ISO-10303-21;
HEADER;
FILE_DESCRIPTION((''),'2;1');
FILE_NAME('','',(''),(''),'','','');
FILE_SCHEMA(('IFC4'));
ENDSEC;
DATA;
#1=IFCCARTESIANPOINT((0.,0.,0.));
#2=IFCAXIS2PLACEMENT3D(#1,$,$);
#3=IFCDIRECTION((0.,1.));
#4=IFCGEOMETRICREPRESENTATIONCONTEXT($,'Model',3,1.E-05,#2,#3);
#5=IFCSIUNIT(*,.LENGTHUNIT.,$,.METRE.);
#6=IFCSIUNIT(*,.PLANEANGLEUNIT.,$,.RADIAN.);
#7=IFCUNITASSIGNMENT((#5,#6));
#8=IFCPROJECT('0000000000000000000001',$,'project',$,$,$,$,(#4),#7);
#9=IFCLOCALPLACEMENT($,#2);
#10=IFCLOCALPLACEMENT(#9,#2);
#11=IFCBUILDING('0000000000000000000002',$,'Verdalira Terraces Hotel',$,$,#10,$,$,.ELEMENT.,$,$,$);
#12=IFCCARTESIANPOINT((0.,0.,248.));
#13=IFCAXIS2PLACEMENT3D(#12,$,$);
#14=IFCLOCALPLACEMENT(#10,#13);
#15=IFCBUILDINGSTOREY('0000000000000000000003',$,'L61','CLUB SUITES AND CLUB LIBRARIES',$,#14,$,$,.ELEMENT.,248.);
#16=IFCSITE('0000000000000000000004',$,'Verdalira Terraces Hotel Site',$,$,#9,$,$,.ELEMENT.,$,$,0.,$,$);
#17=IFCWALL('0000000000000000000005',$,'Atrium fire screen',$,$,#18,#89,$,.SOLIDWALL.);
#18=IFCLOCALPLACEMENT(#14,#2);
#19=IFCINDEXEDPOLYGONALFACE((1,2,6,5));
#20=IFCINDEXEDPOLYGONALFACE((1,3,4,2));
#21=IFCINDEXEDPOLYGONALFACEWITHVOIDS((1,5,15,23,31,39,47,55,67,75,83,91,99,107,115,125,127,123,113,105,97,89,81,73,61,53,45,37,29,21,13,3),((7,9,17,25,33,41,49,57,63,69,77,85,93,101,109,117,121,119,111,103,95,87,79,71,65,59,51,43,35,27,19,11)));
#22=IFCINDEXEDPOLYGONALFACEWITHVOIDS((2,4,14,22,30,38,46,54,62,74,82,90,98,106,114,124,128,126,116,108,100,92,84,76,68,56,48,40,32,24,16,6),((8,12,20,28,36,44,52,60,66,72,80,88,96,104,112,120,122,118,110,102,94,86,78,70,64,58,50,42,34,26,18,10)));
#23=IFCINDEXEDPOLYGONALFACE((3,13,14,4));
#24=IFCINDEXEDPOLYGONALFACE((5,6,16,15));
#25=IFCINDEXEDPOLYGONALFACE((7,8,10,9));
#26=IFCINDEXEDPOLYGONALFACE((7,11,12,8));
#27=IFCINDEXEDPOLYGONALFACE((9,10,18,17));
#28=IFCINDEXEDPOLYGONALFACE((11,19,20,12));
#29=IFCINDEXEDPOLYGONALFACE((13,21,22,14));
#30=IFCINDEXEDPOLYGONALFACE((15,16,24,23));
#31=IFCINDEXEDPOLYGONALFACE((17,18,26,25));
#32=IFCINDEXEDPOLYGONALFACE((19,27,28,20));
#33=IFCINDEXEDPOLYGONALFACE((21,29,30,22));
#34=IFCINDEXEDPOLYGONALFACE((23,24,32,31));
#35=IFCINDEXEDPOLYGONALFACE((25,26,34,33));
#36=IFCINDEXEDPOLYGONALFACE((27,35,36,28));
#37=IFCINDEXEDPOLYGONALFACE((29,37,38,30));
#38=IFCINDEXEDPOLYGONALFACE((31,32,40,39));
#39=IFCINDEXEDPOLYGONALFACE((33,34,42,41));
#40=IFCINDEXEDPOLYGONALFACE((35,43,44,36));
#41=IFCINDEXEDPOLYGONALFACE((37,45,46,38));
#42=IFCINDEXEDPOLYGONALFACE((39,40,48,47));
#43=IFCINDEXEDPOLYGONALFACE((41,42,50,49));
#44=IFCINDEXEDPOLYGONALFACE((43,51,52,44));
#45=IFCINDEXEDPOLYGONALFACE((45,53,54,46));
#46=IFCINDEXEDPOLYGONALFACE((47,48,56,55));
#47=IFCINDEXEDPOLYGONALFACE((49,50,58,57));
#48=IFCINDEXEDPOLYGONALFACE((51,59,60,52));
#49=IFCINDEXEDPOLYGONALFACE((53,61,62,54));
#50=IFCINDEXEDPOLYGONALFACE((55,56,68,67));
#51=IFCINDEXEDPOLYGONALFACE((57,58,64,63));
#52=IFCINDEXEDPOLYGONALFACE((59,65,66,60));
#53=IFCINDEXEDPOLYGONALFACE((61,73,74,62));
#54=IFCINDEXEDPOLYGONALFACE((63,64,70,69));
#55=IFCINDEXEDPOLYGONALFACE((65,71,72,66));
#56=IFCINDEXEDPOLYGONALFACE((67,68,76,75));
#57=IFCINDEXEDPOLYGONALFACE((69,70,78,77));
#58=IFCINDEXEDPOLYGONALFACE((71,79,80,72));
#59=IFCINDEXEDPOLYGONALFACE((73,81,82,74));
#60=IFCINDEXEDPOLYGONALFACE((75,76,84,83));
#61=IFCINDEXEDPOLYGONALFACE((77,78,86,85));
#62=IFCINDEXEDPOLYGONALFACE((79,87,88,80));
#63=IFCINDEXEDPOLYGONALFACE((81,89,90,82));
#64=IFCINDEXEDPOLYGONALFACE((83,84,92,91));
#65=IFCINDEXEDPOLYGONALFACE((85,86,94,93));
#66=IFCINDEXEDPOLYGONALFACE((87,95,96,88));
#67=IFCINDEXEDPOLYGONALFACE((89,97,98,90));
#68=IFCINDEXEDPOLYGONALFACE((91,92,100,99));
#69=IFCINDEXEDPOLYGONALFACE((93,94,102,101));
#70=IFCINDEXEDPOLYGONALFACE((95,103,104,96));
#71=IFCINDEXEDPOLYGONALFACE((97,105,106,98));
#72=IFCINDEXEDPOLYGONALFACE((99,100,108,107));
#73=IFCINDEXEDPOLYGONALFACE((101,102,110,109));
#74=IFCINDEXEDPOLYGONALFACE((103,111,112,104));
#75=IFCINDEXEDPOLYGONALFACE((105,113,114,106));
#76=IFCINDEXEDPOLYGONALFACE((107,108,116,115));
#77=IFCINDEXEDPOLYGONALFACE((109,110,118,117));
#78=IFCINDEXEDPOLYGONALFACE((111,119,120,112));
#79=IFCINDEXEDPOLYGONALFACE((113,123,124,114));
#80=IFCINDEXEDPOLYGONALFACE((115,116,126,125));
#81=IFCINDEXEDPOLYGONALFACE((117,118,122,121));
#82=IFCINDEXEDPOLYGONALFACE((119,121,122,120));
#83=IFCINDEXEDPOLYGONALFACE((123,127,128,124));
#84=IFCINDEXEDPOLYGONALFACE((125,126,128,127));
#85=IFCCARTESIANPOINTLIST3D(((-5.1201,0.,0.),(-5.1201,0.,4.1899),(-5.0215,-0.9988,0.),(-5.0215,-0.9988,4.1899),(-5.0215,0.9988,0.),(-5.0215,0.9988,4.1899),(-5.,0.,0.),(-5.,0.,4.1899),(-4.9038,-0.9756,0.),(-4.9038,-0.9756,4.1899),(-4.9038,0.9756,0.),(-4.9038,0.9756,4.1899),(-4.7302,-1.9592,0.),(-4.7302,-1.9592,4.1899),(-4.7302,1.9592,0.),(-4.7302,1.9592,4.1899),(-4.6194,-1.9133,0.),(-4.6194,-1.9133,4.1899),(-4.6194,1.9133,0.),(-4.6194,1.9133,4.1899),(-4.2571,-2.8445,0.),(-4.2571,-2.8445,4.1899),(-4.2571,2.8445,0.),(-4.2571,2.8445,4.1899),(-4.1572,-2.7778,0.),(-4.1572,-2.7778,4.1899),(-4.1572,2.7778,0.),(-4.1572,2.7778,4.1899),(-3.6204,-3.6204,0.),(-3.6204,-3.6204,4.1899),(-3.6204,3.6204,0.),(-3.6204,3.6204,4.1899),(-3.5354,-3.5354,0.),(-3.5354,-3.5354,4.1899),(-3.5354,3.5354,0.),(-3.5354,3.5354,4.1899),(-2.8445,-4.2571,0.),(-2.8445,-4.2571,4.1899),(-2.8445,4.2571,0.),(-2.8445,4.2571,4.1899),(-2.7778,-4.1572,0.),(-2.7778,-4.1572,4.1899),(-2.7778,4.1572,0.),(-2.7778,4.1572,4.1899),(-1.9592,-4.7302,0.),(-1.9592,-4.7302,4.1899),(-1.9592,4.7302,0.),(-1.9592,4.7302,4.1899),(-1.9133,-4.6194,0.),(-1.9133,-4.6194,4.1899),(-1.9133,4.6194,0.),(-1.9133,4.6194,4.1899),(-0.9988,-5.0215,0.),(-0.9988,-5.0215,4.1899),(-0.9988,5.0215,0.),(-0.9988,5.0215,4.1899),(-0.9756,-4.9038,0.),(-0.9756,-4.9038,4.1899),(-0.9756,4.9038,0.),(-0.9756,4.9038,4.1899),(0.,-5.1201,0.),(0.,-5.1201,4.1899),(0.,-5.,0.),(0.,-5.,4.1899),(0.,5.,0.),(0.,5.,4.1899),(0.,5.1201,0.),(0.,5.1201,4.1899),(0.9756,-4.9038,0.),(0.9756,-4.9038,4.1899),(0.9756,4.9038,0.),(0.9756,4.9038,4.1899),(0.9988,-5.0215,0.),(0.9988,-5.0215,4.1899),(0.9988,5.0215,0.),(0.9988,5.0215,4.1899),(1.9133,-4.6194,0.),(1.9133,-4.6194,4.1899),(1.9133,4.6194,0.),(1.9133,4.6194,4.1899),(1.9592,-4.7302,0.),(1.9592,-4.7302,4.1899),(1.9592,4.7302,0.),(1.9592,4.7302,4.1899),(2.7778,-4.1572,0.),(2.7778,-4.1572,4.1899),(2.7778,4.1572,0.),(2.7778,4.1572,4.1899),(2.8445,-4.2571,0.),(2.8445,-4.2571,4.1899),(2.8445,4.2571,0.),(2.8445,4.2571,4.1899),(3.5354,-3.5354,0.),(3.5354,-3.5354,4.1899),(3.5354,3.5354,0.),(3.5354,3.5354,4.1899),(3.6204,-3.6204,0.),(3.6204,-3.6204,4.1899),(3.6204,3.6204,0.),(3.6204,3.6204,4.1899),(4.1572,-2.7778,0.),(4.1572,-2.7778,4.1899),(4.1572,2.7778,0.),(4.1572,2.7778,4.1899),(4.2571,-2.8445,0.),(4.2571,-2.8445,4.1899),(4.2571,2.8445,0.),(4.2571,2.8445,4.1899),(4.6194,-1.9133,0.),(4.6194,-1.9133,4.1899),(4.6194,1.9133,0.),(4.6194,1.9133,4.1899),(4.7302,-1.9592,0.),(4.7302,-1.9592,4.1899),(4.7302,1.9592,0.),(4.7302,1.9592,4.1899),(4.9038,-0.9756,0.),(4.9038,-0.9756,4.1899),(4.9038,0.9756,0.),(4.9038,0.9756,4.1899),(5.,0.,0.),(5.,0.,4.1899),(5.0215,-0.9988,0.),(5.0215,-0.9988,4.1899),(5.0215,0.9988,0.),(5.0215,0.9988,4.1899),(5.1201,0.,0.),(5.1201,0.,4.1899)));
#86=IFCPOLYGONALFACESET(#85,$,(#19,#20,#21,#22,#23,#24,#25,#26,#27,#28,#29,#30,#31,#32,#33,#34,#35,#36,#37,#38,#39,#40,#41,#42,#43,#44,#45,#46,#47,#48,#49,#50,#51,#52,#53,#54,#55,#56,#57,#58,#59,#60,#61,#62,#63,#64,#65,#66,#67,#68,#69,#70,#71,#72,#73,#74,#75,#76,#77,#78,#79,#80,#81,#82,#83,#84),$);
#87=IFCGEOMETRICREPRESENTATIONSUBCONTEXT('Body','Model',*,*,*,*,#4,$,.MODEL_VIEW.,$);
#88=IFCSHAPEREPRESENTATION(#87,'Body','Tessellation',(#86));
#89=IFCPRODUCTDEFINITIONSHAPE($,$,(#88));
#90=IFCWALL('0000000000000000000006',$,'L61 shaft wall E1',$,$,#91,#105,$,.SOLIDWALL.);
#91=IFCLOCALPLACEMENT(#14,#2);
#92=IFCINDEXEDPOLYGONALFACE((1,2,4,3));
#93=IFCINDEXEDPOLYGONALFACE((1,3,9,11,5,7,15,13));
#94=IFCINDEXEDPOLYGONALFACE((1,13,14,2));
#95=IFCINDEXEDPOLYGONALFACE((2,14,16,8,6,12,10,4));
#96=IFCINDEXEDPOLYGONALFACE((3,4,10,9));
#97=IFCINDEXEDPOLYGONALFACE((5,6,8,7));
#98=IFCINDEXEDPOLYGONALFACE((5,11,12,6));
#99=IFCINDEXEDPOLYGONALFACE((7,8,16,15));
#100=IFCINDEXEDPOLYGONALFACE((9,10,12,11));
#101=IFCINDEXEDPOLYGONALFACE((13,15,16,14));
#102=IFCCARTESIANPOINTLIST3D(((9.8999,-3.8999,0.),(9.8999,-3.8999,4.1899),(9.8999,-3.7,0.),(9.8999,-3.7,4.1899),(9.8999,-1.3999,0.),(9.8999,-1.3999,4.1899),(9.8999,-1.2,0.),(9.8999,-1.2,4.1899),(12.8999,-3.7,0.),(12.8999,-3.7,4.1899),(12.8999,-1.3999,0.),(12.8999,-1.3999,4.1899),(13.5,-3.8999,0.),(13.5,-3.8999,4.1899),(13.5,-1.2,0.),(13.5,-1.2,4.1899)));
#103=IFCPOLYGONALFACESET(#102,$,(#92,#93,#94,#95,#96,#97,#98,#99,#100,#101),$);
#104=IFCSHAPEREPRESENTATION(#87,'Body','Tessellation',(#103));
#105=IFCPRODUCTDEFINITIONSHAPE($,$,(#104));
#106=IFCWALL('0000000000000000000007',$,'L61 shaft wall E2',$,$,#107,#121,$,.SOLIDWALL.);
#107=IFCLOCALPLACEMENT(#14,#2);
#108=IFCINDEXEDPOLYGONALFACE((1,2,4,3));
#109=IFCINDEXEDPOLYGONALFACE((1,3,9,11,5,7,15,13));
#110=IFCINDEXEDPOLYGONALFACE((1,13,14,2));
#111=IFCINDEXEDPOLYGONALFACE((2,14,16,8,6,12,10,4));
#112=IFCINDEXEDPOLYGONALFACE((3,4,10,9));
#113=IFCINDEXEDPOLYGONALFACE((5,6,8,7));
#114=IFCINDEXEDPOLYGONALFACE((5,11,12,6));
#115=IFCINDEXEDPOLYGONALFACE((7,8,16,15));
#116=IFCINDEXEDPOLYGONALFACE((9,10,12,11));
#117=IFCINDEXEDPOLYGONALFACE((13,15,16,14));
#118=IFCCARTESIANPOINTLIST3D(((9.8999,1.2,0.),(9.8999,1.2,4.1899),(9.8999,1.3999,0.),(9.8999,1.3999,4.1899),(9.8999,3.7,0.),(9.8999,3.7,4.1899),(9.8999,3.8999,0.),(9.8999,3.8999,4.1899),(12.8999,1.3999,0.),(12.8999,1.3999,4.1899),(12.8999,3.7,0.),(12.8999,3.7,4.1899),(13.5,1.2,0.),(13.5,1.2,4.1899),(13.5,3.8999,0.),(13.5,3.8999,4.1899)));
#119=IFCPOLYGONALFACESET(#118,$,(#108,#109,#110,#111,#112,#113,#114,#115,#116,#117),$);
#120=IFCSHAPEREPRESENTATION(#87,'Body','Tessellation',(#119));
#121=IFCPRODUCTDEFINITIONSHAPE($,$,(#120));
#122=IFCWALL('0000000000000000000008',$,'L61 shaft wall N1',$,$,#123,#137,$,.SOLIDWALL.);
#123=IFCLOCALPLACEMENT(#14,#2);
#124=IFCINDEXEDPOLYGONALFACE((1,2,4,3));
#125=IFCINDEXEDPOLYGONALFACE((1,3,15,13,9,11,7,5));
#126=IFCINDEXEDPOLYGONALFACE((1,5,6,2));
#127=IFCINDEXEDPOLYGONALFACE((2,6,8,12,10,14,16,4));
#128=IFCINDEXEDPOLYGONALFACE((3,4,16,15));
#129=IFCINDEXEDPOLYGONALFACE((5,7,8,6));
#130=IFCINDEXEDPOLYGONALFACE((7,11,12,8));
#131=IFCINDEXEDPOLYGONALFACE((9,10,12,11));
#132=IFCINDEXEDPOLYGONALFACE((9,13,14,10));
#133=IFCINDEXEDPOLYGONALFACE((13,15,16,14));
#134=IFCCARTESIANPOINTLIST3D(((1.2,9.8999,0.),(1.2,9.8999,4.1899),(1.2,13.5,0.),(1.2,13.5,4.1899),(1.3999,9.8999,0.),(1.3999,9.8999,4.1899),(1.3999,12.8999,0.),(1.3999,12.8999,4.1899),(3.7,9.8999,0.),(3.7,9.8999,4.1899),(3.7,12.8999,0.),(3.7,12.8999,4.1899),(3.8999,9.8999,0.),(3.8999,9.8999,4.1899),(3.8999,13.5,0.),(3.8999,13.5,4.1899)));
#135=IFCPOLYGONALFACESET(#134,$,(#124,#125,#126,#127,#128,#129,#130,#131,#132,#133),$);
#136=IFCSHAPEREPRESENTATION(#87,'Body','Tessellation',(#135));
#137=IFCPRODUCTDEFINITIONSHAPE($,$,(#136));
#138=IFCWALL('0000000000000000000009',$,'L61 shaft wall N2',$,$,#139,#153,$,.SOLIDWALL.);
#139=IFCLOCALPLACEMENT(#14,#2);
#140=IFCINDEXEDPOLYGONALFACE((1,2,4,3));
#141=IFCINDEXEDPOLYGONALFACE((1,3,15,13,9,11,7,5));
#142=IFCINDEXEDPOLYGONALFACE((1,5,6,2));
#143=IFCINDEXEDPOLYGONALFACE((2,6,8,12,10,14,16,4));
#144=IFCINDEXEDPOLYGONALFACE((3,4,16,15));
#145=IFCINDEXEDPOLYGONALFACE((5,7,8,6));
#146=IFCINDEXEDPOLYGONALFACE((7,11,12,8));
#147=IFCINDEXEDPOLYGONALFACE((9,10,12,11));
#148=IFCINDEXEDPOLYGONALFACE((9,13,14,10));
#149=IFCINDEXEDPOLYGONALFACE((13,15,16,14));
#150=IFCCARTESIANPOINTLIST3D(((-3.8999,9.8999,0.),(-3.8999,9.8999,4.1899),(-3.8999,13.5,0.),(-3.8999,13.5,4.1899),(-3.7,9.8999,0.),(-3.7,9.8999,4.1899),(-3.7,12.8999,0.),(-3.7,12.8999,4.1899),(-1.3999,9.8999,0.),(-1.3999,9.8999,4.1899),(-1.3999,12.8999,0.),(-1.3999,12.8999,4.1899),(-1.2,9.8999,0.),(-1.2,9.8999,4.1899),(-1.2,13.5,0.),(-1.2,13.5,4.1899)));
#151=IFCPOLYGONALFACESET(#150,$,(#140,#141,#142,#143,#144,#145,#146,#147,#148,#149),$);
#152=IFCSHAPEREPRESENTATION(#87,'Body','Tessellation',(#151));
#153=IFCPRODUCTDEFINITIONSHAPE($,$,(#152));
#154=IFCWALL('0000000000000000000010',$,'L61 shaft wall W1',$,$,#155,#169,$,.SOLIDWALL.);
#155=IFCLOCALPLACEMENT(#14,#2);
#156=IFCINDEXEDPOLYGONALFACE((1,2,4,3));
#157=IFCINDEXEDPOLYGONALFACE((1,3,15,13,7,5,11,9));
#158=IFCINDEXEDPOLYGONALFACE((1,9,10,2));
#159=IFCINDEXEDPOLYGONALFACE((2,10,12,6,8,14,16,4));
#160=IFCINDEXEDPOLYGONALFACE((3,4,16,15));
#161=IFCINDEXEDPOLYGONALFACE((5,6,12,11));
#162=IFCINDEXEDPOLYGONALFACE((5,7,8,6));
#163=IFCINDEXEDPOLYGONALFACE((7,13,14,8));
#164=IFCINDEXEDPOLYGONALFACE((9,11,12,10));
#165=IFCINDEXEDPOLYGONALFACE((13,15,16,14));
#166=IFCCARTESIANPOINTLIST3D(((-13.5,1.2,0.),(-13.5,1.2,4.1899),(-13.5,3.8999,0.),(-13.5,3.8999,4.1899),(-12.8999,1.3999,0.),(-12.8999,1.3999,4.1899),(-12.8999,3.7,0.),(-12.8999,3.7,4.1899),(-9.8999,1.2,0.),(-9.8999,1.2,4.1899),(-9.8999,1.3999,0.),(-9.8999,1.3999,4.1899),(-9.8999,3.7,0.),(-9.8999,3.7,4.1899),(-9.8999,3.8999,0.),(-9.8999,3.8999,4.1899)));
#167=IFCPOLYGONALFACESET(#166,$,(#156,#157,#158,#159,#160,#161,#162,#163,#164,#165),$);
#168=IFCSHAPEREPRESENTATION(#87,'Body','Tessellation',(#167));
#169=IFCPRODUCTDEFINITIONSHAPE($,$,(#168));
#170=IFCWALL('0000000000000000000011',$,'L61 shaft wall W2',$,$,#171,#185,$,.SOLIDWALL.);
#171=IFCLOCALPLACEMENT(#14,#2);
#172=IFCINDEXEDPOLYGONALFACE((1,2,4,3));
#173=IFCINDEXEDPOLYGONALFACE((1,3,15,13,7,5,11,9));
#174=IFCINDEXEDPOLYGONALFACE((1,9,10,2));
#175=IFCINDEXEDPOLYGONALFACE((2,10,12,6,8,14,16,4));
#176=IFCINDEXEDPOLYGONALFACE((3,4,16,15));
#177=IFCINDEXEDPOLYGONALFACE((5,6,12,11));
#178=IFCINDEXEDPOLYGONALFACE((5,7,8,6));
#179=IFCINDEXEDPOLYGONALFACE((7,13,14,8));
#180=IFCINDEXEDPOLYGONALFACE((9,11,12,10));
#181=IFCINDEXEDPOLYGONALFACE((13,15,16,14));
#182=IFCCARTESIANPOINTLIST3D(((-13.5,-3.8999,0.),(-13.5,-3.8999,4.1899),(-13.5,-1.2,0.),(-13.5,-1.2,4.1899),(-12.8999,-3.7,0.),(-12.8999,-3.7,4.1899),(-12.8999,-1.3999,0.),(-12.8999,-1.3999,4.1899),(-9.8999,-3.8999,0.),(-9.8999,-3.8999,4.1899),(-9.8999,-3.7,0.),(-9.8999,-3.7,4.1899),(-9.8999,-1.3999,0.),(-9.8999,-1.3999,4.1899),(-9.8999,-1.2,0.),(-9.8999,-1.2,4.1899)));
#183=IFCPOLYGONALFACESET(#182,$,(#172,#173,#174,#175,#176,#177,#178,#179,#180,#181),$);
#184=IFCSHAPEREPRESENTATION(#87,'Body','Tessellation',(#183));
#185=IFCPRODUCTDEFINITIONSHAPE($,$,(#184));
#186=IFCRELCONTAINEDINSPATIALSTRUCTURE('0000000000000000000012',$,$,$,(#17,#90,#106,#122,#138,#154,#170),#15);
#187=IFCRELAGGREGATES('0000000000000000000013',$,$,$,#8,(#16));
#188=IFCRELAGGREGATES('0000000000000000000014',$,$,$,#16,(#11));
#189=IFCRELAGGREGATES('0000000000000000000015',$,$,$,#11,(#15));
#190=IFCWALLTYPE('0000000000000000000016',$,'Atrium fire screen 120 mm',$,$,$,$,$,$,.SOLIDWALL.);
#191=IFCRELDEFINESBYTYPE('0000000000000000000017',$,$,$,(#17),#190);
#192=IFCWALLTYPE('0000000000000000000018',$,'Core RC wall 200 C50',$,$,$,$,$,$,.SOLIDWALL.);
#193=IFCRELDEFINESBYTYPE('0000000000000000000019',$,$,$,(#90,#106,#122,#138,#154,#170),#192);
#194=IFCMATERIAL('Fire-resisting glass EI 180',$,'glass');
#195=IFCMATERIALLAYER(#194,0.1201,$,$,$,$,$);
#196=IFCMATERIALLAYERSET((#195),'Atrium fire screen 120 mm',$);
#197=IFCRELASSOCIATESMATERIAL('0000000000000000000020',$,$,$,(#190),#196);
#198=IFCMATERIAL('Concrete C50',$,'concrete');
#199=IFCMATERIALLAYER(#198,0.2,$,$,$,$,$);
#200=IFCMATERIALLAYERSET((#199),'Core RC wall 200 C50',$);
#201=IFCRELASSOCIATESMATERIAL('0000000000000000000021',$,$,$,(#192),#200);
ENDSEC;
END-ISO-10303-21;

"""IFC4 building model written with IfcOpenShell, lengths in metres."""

from ifc_helpers import new_model, si_unit, direction, frame, origin, place, context, subcontext, project, spatial, polyline, outline, extrude, material, layer, layer_set, type_object, element, save


model = new_model("IFC4")

# Units and contexts
model_context = context("Model", 3, precision=1e-05, world=origin(), true_north=direction((0.0, 1.0)))
body_context = subcontext(model_context, "Body", "Model", "MODEL_VIEW")
ifc_project = project(units=[si_unit("LENGTHUNIT", "METRE"), si_unit("PLANEANGLEUNIT", "RADIAN")], contexts=[model_context])

# Site, building, storey
site_placement = place(None, origin())
site = spatial("IfcSite", under=ifc_project, at=site_placement, Name="Verdalira Terraces Hotel Site", CompositionType="ELEMENT", RefElevation=0.0)
building_placement = place(site_placement, origin())
building = spatial("IfcBuilding", under=site, at=building_placement, Name="Verdalira Terraces Hotel", CompositionType="ELEMENT")
storey_placement = place(building_placement, frame((0.0, 0.0, 248.0)))
storey = spatial("IfcBuildingStorey", under=building, at=storey_placement, Name="L61", Description="CLUB SUITES AND CLUB LIBRARIES", CompositionType="ELEMENT", Elevation=248.0)

# Walls
ifc_material_1 = material(Name="Fire-resisting glass EI 180", Category="glass")
ifc_layer_1 = layer(ifc_material_1, 0.1201)
ifc_layer_set_1 = layer_set([ifc_layer_1], Name="Atrium fire screen 120 mm")
wall_type_1 = type_object("IfcWallType", Name="Atrium fire screen 120 mm", PredefinedType="SOLIDWALL", material=ifc_layer_set_1)
wall_1_placement = place(storey_placement, origin())
element("IfcWall", 1, at=wall_1_placement, inside=storey, type_object=wall_type_1, Name="Atrium fire screen", PredefinedType="SOLIDWALL", context=body_context, shape_type="SweptSolid", body=[
    extrude(outline(polyline([(5.0215, -0.9988), (4.7302, -1.9592), (4.2571, -2.8445), (3.6204, -3.6204), (2.8445, -4.2571), (1.9592, -4.7302), (0.9988, -5.0215), (0.0, -5.1201), (-0.9988, -5.0215), (-1.9592, -4.7302), (-2.8445, -4.2571), (-3.6204, -3.6204), (-4.2571, -2.8445), (-4.7302, -1.9592), (-5.0215, -0.9988), (-5.1201, 0.0), (-5.0215, 0.9988), (-4.7302, 1.9592), (-4.2571, 2.8445), (-3.6204, 3.6204), (-2.8445, 4.2571), (-1.9592, 4.7302), (-0.9988, 5.0215), (0.0, 5.1201), (0.9988, 5.0215), (1.9592, 4.7302), (2.8445, 4.2571), (3.6204, 3.6204), (4.2571, 2.8445), (4.7302, 1.9592), (5.0215, 0.9988), (5.1201, 0.0), (5.0215, -0.9988)]), holes=[polyline([(4.9038, 0.9756), (4.6194, 1.9133), (4.1572, 2.7778), (3.5354, 3.5354), (2.7778, 4.1572), (1.9133, 4.6194), (0.9756, 4.9038), (0.0, 5.0), (-0.9756, 4.9038), (-1.9133, 4.6194), (-2.7778, 4.1572), (-3.5354, 3.5354), (-4.1572, 2.7778), (-4.6194, 1.9133), (-4.9038, 0.9756), (-5.0, 0.0), (-4.9038, -0.9756), (-4.6194, -1.9133), (-4.1572, -2.7778), (-3.5354, -3.5354), (-2.7778, -4.1572), (-1.9133, -4.6194), (-0.9756, -4.9038), (0.0, -5.0), (0.9756, -4.9038), (1.9133, -4.6194), (2.7778, -4.1572), (3.5354, -3.5354), (4.1572, -2.7778), (4.6194, -1.9133), (4.9038, -0.9756), (5.0, 0.0), (4.9038, 0.9756)])]), origin(), (0.0, 0.0, 1.0), 4.1899),
])
ifc_material_2 = material(Name="Concrete C50", Category="concrete")
ifc_layer_2 = layer(ifc_material_2, 0.2)
ifc_layer_set_2 = layer_set([ifc_layer_2], Name="Core RC wall 200 C50")
wall_type_2 = type_object("IfcWallType", Name="Core RC wall 200 C50", PredefinedType="SOLIDWALL", material=ifc_layer_set_2)
wall_2_placement = place(storey_placement, origin())
element("IfcWall", 2, at=wall_2_placement, inside=storey, type_object=wall_type_2, Name="L61 shaft wall E1", PredefinedType="SOLIDWALL", context=body_context, shape_type="SweptSolid", body=[
    extrude(outline(polyline([(13.5, -3.8999), (9.8999, -3.8999), (9.8999, -3.7), (12.8999, -3.7), (12.8999, -1.3999), (9.8999, -1.3999), (9.8999, -1.2), (13.5, -1.2), (13.5, -3.8999)])), origin(), (0.0, 0.0, 1.0), 4.1899),
])
wall_3_placement = place(storey_placement, origin())
element("IfcWall", 3, at=wall_3_placement, inside=storey, type_object=wall_type_2, Name="L61 shaft wall E2", PredefinedType="SOLIDWALL", context=body_context, shape_type="SweptSolid", body=[
    extrude(outline(polyline([(13.5, 3.8999), (13.5, 1.2), (9.8999, 1.2), (9.8999, 1.3999), (12.8999, 1.3999), (12.8999, 3.7), (9.8999, 3.7), (9.8999, 3.8999), (13.5, 3.8999)])), origin(), (0.0, 0.0, 1.0), 4.1899),
])
wall_4_placement = place(storey_placement, origin())
element("IfcWall", 4, at=wall_4_placement, inside=storey, type_object=wall_type_2, Name="L61 shaft wall N1", PredefinedType="SOLIDWALL", context=body_context, shape_type="SweptSolid", body=[
    extrude(outline(polyline([(3.8999, 9.8999), (3.7, 9.8999), (3.7, 12.8999), (1.3999, 12.8999), (1.3999, 9.8999), (1.2, 9.8999), (1.2, 13.5), (3.8999, 13.5), (3.8999, 9.8999)])), origin(), (0.0, 0.0, 1.0), 4.1899),
])
wall_5_placement = place(storey_placement, origin())
element("IfcWall", 5, at=wall_5_placement, inside=storey, type_object=wall_type_2, Name="L61 shaft wall N2", PredefinedType="SOLIDWALL", context=body_context, shape_type="SweptSolid", body=[
    extrude(outline(polyline([(-3.8999, 13.5), (-1.2, 13.5), (-1.2, 9.8999), (-1.3999, 9.8999), (-1.3999, 12.8999), (-3.7, 12.8999), (-3.7, 9.8999), (-3.8999, 9.8999), (-3.8999, 13.5)])), origin(), (0.0, 0.0, 1.0), 4.1899),
])
wall_6_placement = place(storey_placement, origin())
element("IfcWall", 6, at=wall_6_placement, inside=storey, type_object=wall_type_2, Name="L61 shaft wall W1", PredefinedType="SOLIDWALL", context=body_context, shape_type="SweptSolid", body=[
    extrude(outline(polyline([(-13.5, 3.8999), (-9.8999, 3.8999), (-9.8999, 3.7), (-12.8999, 3.7), (-12.8999, 1.3999), (-9.8999, 1.3999), (-9.8999, 1.2), (-13.5, 1.2), (-13.5, 3.8999)])), origin(), (0.0, 0.0, 1.0), 4.1899),
])
wall_7_placement = place(storey_placement, origin())
element("IfcWall", 7, at=wall_7_placement, inside=storey, type_object=wall_type_2, Name="L61 shaft wall W2", PredefinedType="SOLIDWALL", context=body_context, shape_type="SweptSolid", body=[
    extrude(outline(polyline([(-13.5, -3.8999), (-13.5, -1.2), (-9.8999, -1.2), (-9.8999, -1.3999), (-12.8999, -1.3999), (-12.8999, -3.7), (-9.8999, -3.7), (-9.8999, -3.8999), (-13.5, -3.8999)])), origin(), (0.0, 0.0, 1.0), 4.1899),
])

save(model, "model.ifc")
